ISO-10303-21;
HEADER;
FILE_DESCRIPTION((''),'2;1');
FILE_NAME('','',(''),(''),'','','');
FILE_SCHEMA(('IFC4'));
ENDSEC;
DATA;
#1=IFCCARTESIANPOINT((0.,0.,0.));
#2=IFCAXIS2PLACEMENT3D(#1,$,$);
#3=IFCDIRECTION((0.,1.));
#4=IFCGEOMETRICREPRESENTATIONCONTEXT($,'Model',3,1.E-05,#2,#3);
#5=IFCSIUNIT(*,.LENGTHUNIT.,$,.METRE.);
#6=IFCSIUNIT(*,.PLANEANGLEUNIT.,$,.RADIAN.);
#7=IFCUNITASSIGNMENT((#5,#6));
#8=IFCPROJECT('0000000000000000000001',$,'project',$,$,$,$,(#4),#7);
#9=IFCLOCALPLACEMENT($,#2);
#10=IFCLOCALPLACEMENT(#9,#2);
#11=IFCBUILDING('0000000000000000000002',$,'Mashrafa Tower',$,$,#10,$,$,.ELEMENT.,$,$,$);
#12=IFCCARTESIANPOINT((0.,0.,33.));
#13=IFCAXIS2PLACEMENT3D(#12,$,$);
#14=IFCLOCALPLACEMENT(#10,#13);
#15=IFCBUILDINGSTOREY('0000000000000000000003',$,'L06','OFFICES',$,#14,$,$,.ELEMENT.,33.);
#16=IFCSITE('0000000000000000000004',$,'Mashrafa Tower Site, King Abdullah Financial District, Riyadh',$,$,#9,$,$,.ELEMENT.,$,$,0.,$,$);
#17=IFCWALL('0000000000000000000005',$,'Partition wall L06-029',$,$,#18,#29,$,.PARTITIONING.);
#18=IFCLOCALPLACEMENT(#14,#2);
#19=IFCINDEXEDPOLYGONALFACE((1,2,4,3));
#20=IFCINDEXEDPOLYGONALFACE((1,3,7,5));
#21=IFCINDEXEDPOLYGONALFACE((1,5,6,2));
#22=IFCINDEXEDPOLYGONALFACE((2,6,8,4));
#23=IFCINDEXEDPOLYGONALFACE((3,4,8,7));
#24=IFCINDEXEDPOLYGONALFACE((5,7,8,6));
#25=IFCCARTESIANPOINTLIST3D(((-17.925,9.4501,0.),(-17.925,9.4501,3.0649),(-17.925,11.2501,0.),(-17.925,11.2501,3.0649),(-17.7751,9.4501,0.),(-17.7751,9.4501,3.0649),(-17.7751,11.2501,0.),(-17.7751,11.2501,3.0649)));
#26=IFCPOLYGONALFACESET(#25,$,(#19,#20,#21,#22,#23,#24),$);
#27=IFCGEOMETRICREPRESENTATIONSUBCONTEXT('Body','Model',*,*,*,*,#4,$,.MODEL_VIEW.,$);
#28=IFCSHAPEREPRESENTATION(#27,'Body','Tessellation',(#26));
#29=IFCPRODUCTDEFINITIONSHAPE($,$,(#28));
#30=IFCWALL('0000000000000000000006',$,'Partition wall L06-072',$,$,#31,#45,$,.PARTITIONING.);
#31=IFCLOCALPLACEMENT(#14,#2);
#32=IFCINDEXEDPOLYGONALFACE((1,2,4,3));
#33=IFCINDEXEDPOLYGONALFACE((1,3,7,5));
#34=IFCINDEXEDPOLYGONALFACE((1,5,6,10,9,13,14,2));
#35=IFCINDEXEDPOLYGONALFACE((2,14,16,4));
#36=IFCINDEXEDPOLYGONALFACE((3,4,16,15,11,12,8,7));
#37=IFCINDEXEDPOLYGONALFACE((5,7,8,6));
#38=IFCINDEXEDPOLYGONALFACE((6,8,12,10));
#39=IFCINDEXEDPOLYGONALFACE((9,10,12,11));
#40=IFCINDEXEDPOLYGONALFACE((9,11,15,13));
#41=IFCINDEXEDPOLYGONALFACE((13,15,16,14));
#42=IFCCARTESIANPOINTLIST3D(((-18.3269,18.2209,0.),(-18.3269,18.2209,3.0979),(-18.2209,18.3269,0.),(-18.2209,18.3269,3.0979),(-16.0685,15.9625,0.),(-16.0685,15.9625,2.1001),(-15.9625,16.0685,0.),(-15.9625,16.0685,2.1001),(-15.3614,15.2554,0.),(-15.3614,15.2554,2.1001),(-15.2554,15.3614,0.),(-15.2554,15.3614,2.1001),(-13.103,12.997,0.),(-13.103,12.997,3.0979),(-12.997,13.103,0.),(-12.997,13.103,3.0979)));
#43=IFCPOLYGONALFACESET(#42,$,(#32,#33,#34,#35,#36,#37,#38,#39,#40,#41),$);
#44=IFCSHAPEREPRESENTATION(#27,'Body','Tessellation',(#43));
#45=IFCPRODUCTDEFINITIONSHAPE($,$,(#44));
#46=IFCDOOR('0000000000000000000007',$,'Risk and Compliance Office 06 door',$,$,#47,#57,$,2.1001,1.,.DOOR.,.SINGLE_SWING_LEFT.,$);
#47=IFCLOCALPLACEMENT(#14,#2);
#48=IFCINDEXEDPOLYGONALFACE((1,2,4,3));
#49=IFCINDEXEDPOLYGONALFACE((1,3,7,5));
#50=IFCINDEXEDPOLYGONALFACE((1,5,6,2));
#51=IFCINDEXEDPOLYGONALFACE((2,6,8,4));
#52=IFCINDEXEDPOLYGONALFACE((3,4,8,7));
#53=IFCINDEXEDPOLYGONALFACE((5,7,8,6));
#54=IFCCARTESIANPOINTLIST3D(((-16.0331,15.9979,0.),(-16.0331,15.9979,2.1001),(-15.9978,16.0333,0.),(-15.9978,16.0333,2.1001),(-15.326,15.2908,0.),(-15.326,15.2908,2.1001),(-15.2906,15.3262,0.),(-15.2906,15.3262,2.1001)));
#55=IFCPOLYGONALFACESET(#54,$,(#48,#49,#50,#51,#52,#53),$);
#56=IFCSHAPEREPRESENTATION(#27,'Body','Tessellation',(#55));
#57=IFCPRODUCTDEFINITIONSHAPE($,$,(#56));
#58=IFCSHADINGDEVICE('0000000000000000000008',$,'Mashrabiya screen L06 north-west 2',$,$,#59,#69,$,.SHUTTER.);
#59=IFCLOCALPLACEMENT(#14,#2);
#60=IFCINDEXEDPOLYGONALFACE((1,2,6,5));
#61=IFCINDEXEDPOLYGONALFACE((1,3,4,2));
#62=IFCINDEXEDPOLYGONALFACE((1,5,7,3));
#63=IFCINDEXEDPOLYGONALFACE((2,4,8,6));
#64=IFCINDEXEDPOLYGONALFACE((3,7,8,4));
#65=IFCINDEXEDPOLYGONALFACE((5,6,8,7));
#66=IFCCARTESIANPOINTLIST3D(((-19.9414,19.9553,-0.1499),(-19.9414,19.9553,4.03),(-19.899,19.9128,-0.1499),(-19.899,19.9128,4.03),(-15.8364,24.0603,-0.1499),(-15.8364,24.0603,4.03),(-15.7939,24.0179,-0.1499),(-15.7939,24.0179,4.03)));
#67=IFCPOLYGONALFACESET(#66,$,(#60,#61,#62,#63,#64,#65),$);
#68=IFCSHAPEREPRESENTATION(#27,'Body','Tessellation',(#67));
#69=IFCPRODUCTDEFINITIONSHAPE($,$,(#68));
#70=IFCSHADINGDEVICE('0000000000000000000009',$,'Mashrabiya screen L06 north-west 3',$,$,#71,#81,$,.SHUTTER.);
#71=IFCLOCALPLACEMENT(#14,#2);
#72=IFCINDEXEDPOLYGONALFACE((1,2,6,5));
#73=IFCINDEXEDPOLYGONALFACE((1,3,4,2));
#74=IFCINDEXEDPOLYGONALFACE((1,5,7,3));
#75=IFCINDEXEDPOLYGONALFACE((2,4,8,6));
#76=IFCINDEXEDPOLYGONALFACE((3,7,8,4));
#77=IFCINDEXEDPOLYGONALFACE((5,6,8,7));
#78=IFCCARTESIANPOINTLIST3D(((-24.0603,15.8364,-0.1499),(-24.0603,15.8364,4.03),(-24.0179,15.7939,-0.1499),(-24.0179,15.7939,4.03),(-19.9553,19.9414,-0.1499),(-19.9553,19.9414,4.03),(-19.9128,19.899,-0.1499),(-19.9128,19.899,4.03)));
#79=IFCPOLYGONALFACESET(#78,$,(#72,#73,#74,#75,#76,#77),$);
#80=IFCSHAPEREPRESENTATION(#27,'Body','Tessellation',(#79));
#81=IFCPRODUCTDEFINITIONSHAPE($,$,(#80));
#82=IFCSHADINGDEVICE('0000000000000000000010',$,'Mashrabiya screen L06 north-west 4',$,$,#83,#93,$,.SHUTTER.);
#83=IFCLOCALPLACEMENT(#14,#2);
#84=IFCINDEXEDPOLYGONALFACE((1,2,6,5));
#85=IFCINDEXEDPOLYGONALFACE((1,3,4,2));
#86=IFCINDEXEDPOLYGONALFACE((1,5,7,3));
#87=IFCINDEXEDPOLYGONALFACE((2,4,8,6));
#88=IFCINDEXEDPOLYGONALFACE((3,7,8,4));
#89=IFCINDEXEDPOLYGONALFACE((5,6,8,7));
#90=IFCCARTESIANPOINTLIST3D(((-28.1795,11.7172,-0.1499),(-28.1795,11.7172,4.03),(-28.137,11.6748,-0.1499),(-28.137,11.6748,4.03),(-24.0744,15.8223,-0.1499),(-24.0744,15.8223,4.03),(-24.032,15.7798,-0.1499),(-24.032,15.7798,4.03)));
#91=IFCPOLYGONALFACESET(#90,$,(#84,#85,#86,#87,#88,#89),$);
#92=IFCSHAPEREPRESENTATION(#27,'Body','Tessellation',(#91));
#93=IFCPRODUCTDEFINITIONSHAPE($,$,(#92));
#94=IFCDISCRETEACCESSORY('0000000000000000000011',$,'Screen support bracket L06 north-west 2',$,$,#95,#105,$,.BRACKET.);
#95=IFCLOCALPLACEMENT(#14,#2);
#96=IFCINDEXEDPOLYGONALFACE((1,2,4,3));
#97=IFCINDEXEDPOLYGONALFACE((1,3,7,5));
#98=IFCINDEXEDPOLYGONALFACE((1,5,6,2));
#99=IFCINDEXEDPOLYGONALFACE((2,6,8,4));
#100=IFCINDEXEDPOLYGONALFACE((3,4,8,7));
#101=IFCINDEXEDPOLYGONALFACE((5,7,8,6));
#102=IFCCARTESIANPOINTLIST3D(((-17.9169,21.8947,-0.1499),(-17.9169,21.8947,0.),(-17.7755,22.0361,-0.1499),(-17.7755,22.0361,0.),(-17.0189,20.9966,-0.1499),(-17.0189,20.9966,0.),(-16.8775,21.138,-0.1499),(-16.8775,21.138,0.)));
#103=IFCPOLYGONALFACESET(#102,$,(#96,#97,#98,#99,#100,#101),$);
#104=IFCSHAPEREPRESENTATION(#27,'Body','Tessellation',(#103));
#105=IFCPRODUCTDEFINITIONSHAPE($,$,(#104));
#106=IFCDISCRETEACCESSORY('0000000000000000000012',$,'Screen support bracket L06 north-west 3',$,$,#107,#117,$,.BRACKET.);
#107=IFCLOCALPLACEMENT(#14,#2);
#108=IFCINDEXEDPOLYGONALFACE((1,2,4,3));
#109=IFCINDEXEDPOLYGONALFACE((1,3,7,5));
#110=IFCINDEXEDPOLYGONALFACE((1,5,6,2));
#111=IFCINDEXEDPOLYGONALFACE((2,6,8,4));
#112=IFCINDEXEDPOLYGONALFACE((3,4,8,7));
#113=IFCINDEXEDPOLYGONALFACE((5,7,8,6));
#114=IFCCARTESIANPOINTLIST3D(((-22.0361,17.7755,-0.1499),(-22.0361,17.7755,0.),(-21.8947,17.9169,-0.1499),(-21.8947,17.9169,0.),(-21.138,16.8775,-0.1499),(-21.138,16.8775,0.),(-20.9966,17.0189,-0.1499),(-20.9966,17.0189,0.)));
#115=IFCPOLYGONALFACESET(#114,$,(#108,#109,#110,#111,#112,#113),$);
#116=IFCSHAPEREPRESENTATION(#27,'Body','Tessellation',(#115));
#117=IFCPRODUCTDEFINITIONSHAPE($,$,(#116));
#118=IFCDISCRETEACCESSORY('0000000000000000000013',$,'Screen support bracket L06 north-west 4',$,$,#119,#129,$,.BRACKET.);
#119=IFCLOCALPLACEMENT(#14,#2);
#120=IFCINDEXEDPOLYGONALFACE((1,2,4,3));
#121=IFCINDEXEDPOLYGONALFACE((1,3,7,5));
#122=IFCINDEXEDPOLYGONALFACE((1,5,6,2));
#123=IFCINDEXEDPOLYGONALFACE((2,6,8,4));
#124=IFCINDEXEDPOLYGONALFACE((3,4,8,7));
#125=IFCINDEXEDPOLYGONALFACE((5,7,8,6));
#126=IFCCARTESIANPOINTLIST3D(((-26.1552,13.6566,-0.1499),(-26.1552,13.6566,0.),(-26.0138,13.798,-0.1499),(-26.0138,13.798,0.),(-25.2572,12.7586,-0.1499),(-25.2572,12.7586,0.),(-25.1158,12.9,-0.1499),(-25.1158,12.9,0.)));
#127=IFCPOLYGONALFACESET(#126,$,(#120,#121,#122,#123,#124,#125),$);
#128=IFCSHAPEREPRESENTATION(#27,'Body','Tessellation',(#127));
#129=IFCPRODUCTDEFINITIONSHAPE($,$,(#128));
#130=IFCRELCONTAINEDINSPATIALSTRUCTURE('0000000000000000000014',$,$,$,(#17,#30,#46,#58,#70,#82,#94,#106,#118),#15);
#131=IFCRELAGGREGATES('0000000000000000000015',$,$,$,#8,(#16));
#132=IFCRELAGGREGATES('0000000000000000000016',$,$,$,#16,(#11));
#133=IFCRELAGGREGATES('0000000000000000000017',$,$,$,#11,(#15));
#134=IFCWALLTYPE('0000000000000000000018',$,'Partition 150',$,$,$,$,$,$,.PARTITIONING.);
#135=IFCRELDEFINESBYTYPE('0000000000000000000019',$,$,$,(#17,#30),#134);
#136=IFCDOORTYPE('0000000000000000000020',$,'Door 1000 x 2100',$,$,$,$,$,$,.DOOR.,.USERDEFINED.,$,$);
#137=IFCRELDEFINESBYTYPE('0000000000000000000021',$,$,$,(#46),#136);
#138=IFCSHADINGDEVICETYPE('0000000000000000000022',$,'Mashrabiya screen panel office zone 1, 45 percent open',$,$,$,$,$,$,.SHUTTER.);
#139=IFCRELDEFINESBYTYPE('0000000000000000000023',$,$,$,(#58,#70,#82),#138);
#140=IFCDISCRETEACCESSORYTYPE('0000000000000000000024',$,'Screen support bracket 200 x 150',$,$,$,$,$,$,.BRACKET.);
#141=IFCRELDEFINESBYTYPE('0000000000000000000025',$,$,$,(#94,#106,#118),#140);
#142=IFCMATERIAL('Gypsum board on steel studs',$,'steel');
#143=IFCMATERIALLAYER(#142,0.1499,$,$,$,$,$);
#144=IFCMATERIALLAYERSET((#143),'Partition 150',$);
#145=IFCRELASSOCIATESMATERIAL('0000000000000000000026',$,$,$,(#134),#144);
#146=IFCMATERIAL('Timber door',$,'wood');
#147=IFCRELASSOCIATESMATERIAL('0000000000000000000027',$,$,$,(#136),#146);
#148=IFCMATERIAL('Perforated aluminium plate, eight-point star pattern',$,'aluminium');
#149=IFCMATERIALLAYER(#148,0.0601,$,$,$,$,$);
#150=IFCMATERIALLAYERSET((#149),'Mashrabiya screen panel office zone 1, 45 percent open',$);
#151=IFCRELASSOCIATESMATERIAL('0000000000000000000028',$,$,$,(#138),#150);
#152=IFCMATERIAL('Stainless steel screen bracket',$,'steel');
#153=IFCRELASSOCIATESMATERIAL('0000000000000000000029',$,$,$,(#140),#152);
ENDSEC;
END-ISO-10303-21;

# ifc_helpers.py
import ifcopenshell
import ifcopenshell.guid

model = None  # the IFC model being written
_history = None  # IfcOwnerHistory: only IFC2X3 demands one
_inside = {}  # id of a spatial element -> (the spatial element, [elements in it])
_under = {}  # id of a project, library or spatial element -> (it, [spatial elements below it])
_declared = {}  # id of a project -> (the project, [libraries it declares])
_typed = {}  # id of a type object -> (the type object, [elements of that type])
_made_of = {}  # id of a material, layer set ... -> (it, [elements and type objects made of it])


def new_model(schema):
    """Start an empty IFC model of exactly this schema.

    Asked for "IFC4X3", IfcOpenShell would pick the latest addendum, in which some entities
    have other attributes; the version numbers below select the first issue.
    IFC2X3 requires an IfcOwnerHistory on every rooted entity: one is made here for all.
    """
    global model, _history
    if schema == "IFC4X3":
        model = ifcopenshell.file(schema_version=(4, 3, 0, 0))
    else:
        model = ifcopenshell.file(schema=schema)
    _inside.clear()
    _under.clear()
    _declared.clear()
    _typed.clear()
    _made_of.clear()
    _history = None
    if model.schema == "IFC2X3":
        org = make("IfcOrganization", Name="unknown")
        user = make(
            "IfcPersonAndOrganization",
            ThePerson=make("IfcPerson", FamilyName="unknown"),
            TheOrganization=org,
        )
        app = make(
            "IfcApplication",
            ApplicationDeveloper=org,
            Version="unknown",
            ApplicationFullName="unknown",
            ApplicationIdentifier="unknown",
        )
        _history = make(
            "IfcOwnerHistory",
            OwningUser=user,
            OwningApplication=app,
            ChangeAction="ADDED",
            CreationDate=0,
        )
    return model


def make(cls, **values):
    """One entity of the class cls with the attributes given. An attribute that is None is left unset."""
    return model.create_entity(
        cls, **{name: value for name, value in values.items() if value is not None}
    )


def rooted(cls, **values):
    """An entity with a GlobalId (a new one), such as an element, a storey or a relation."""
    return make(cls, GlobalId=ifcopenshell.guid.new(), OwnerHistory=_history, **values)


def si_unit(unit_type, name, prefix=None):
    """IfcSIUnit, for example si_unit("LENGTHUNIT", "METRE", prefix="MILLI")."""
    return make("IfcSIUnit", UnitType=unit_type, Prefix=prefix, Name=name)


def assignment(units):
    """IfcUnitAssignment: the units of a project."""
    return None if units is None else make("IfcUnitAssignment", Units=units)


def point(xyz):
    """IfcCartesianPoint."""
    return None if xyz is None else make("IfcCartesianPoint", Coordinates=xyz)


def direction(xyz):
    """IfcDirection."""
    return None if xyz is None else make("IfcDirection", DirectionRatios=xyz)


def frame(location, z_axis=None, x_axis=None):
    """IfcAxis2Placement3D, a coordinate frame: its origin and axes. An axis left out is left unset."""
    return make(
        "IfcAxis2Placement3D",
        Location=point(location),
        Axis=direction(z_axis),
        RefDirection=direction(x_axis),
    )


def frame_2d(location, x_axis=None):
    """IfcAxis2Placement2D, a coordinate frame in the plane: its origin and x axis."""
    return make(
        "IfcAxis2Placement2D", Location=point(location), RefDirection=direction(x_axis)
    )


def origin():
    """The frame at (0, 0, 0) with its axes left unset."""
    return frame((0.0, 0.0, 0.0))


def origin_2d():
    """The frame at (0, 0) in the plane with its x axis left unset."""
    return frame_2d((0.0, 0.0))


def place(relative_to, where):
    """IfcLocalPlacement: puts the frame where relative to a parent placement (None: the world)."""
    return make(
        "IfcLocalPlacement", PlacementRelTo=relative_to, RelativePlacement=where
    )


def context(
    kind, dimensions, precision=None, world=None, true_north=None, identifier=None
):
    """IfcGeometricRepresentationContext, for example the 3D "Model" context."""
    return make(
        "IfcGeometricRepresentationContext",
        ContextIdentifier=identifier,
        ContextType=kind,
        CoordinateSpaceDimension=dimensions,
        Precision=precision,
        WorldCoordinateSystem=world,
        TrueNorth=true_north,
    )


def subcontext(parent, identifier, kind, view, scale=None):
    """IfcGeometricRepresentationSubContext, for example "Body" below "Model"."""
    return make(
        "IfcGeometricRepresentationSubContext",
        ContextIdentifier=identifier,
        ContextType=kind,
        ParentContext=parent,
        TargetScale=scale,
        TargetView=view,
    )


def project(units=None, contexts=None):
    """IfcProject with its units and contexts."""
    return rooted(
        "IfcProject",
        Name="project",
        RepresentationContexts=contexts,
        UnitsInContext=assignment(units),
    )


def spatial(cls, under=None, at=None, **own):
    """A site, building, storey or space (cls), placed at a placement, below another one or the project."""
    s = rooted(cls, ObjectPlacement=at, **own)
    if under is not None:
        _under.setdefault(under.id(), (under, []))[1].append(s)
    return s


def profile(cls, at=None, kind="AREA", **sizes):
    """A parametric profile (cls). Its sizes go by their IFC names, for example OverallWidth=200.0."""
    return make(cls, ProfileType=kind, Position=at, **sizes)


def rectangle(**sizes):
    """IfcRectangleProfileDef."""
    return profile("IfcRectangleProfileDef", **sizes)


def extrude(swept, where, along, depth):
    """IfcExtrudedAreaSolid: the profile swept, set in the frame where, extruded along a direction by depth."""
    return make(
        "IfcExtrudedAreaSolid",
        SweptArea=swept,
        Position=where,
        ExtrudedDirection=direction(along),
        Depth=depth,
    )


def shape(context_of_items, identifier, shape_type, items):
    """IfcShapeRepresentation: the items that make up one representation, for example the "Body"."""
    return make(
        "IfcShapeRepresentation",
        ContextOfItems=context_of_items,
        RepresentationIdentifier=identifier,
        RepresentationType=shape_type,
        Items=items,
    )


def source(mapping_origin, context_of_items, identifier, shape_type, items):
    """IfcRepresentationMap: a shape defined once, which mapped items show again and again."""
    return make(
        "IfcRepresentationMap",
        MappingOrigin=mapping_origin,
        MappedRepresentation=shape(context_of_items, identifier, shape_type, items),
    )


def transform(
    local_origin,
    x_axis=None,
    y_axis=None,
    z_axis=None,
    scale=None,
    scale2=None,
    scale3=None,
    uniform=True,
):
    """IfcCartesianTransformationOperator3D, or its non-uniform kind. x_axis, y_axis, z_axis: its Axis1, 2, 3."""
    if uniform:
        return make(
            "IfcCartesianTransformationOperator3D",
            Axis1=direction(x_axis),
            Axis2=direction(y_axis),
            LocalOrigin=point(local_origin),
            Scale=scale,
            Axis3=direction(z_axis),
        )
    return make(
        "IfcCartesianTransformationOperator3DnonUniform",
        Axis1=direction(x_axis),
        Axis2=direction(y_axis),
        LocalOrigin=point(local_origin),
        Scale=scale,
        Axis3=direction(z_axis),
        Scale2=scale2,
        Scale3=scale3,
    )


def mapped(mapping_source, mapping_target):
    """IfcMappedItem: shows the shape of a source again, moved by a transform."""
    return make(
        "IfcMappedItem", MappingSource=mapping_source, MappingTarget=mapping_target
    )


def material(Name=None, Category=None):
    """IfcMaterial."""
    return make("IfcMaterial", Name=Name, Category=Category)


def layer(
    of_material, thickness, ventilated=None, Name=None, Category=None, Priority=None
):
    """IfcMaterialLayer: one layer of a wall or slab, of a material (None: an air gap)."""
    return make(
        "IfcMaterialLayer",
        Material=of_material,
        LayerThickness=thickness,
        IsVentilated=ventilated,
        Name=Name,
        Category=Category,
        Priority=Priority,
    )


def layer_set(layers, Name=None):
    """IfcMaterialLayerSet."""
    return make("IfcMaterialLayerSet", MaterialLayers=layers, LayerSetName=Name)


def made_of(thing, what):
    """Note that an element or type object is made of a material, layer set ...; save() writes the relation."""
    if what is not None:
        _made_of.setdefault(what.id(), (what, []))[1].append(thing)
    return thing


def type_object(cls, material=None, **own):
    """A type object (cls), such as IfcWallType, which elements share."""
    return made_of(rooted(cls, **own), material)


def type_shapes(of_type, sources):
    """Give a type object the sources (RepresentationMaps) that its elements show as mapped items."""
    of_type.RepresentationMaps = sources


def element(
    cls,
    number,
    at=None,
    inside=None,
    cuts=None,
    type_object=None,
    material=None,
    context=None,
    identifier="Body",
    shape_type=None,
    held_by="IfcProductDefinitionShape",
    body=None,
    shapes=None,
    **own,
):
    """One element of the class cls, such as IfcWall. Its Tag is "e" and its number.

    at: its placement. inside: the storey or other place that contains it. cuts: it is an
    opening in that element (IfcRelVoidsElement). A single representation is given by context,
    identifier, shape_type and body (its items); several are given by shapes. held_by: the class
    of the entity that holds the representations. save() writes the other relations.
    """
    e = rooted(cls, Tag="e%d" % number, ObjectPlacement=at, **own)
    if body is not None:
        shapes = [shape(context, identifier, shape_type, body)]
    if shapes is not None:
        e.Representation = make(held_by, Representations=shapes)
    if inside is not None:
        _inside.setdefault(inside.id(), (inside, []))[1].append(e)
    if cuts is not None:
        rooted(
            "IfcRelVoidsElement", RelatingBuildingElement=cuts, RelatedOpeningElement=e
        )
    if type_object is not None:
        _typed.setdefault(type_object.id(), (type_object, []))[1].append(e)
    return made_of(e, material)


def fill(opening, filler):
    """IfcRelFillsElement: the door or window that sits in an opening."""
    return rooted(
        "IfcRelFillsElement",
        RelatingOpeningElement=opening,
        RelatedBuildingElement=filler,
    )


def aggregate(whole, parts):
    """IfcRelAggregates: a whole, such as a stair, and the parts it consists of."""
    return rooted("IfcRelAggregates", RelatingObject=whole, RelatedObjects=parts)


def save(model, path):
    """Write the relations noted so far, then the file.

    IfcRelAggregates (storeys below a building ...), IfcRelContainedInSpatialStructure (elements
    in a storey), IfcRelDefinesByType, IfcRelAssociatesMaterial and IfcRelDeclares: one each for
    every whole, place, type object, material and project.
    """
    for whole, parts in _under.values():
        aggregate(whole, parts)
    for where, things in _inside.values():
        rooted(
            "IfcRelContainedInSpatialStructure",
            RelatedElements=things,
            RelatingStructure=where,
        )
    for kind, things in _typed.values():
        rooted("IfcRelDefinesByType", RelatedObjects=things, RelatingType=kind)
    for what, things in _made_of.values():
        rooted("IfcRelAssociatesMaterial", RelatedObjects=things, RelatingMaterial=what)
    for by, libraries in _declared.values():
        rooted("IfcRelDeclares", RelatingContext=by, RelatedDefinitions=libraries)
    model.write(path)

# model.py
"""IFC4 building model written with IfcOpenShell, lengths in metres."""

from ifc_helpers import new_model, si_unit, direction, frame, frame_2d, origin, origin_2d, place, context, subcontext, project, spatial, rectangle, extrude, source, transform, mapped, material, layer, layer_set, type_object, type_shapes, element, fill, save


model = new_model("IFC4")

# Units and contexts
model_context = context("Model", 3, precision=1e-05, world=origin(), true_north=direction((0.0, 1.0)))
body_context = subcontext(model_context, "Body", "Model", "MODEL_VIEW")
ifc_project = project(units=[si_unit("LENGTHUNIT", "METRE"), si_unit("PLANEANGLEUNIT", "RADIAN")], contexts=[model_context])

# Site, building, storey
site_placement = place(None, origin())
site = spatial("IfcSite", under=ifc_project, at=site_placement, Name="Mashrafa Tower Site, King Abdullah Financial District, Riyadh", CompositionType="ELEMENT", RefElevation=0.0)
building_placement = place(site_placement, origin())
building = spatial("IfcBuilding", under=site, at=building_placement, Name="Mashrafa Tower", CompositionType="ELEMENT")
storey_placement = place(building_placement, frame((0.0, 0.0, 33.0)))
storey = spatial("IfcBuildingStorey", under=building, at=storey_placement, Name="L06", Description="OFFICES", CompositionType="ELEMENT", Elevation=33.0)

# Wall
ifc_material_1 = material(Name="Gypsum board on steel studs", Category="steel")
ifc_layer_1 = layer(ifc_material_1, 0.1499)
ifc_layer_set_1 = layer_set([ifc_layer_1], Name="Partition 150")
wall_type = type_object("IfcWallType", Name="Partition 150", PredefinedType="PARTITIONING", material=ifc_layer_set_1)
wall_1_placement = place(storey_placement, frame((-17.8501, 11.25, 0.0), z_axis=(0.0, 0.0, 1.0), x_axis=(0.0, -1.0, 0.0)))
element("IfcWall", 1, at=wall_1_placement, inside=storey, type_object=wall_type, Name="Partition wall L06-029", PredefinedType="PARTITIONING", context=body_context, shape_type="SweptSolid", body=[
    extrude(rectangle(XDim=1.8, YDim=0.1499, at=frame_2d((0.8999, 0.0))), origin(), (0.0, 0.0, 1.0), 3.0649),
])

# Wall, opening, door
wall_2_placement = place(storey_placement, frame((-18.2739, 18.2739, 0.0), z_axis=(0.0, 0.0, 1.0), x_axis=(0.707107, -0.707107, 0.0)))
wall_2 = element("IfcWall", 2, at=wall_2_placement, inside=storey, type_object=wall_type, Name="Partition wall L06-072", PredefinedType="PARTITIONING", context=body_context, shape_type="SweptSolid", body=[
    extrude(rectangle(XDim=7.3877, YDim=0.1499, at=frame_2d((3.6938, 0.0))), origin(), (0.0, 0.0, 1.0), 3.0979),
])
opening_placement = place(wall_2_placement, frame((3.1938, 0.0, 0.0)))
opening = element("IfcOpeningElement", 3, at=opening_placement, cuts=wall_2, PredefinedType="OPENING", context=body_context, shape_type="SweptSolid", body=[
    extrude(rectangle(XDim=1.0, YDim=2.1001, at=frame_2d((0.5, 1.05))), frame((0.0, 0.085, 0.0), z_axis=(0.0, -1.0, 0.0), x_axis=(1.0, 0.0, 0.0)), (0.0, 0.0, 1.0), 0.1699),
])
ifc_material_2 = material(Name="Timber door", Category="wood")
door_type = type_object("IfcDoorType", Name="Door 1000 x 2100", OperationType="USERDEFINED", PredefinedType="DOOR", material=ifc_material_2)
door_placement = place(opening_placement, frame((1.0, 0.0, 0.0), z_axis=(0.0, 0.0, 1.0), x_axis=(-1.0, 0.0, 0.0)))
door = element("IfcDoor", 4, at=door_placement, inside=storey, type_object=door_type, Name="Risk and Compliance Office 06 door", OperationType="SINGLE_SWING_LEFT", OverallHeight=2.1001, OverallWidth=1.0, PredefinedType="DOOR", context=body_context, shape_type="SweptSolid", body=[
    extrude(rectangle(XDim=1.0, YDim=2.1001, at=frame_2d((0.5, 1.05))), frame((0.0, 0.0249, 0.0), z_axis=(0.0, -1.0, 0.0), x_axis=(1.0, 0.0, 0.0)), (0.0, 0.0, 1.0), 0.05),
])
fill(opening, door)

# Shading devices
ifc_material_3 = material(Name="Perforated aluminium plate, eight-point star pattern", Category="aluminium")
ifc_layer_2 = layer(ifc_material_3, 0.0601)
ifc_layer_set_2 = layer_set([ifc_layer_2], Name="Mashrabiya screen panel office zone 1, 45 percent open")
shading_device_type = type_object("IfcShadingDeviceType", Name="Mashrabiya screen panel office zone 1, 45 percent open", PredefinedType="SHUTTER", material=ifc_layer_set_2)
shared_shape_1 = source(origin(), body_context, "Body", "SweptSolid", [
    extrude(rectangle(XDim=5.8054, YDim=0.0601, at=origin_2d()), origin(), (0.0, 0.0, 1.0), 4.1799),
])
type_shapes(shading_device_type, [shared_shape_1])
for number, where, z_axis, x_axis, name in (
    (5, (-17.8677, 21.9866, -0.1499), (0.0, 0.0, 1.0), (-0.707107, -0.707107, 0.0), "Mashrabiya screen L06 north-west 2"),
    (6, (-21.9866, 17.8677, -0.1499), (0.0, 0.0, 1.0), (-0.707107, -0.707107, 0.0), "Mashrabiya screen L06 north-west 3"),
    (7, (-26.1057, 13.7485, -0.1499), (0.0, 0.0, 1.0), (-0.707107, -0.707107, 0.0), "Mashrabiya screen L06 north-west 4"),
):
    element("IfcShadingDevice", number, at=place(storey_placement, frame(where, z_axis=z_axis, x_axis=x_axis)), inside=storey, type_object=shading_device_type, Name=name, PredefinedType="SHUTTER", context=body_context, shape_type="MappedRepresentation", body=[
        mapped(shared_shape_1, transform((0.0, 0.0, 0.0))),
    ])

# Discrete accessories
ifc_material_4 = material(Name="Stainless steel screen bracket", Category="steel")
discrete_accessory_type = type_object("IfcDiscreteAccessoryType", Name="Screen support bracket 200 x 150", PredefinedType="BRACKET", material=ifc_material_4)
shared_shape_2 = source(origin(), body_context, "Body", "SweptSolid", [
    extrude(rectangle(XDim=0.2, YDim=1.27, at=origin_2d()), origin(), (0.0, 0.0, 1.0), 0.1499),
])
type_shapes(discrete_accessory_type, [shared_shape_2])
for number, where, z_axis, x_axis, name in (
    (8, (-17.3972, 21.5164, -0.1499), (0.0, 0.0, 1.0), (-0.707107, -0.707107, 0.0), "Screen support bracket L06 north-west 2"),
    (9, (-21.5164, 17.3972, -0.1499), (0.0, 0.0, 1.0), (-0.707107, -0.707107, 0.0), "Screen support bracket L06 north-west 3"),
    (10, (-25.6355, 13.2783, -0.1499), (0.0, 0.0, 1.0), (-0.707107, -0.707107, 0.0), "Screen support bracket L06 north-west 4"),
):
    element("IfcDiscreteAccessory", number, at=place(storey_placement, frame(where, z_axis=z_axis, x_axis=x_axis)), inside=storey, type_object=discrete_accessory_type, Name=name, PredefinedType="BRACKET", context=body_context, shape_type="MappedRepresentation", body=[
        mapped(shared_shape_2, transform((0.0, 0.0, 0.0))),
    ])

save(model, "model.ifc")
